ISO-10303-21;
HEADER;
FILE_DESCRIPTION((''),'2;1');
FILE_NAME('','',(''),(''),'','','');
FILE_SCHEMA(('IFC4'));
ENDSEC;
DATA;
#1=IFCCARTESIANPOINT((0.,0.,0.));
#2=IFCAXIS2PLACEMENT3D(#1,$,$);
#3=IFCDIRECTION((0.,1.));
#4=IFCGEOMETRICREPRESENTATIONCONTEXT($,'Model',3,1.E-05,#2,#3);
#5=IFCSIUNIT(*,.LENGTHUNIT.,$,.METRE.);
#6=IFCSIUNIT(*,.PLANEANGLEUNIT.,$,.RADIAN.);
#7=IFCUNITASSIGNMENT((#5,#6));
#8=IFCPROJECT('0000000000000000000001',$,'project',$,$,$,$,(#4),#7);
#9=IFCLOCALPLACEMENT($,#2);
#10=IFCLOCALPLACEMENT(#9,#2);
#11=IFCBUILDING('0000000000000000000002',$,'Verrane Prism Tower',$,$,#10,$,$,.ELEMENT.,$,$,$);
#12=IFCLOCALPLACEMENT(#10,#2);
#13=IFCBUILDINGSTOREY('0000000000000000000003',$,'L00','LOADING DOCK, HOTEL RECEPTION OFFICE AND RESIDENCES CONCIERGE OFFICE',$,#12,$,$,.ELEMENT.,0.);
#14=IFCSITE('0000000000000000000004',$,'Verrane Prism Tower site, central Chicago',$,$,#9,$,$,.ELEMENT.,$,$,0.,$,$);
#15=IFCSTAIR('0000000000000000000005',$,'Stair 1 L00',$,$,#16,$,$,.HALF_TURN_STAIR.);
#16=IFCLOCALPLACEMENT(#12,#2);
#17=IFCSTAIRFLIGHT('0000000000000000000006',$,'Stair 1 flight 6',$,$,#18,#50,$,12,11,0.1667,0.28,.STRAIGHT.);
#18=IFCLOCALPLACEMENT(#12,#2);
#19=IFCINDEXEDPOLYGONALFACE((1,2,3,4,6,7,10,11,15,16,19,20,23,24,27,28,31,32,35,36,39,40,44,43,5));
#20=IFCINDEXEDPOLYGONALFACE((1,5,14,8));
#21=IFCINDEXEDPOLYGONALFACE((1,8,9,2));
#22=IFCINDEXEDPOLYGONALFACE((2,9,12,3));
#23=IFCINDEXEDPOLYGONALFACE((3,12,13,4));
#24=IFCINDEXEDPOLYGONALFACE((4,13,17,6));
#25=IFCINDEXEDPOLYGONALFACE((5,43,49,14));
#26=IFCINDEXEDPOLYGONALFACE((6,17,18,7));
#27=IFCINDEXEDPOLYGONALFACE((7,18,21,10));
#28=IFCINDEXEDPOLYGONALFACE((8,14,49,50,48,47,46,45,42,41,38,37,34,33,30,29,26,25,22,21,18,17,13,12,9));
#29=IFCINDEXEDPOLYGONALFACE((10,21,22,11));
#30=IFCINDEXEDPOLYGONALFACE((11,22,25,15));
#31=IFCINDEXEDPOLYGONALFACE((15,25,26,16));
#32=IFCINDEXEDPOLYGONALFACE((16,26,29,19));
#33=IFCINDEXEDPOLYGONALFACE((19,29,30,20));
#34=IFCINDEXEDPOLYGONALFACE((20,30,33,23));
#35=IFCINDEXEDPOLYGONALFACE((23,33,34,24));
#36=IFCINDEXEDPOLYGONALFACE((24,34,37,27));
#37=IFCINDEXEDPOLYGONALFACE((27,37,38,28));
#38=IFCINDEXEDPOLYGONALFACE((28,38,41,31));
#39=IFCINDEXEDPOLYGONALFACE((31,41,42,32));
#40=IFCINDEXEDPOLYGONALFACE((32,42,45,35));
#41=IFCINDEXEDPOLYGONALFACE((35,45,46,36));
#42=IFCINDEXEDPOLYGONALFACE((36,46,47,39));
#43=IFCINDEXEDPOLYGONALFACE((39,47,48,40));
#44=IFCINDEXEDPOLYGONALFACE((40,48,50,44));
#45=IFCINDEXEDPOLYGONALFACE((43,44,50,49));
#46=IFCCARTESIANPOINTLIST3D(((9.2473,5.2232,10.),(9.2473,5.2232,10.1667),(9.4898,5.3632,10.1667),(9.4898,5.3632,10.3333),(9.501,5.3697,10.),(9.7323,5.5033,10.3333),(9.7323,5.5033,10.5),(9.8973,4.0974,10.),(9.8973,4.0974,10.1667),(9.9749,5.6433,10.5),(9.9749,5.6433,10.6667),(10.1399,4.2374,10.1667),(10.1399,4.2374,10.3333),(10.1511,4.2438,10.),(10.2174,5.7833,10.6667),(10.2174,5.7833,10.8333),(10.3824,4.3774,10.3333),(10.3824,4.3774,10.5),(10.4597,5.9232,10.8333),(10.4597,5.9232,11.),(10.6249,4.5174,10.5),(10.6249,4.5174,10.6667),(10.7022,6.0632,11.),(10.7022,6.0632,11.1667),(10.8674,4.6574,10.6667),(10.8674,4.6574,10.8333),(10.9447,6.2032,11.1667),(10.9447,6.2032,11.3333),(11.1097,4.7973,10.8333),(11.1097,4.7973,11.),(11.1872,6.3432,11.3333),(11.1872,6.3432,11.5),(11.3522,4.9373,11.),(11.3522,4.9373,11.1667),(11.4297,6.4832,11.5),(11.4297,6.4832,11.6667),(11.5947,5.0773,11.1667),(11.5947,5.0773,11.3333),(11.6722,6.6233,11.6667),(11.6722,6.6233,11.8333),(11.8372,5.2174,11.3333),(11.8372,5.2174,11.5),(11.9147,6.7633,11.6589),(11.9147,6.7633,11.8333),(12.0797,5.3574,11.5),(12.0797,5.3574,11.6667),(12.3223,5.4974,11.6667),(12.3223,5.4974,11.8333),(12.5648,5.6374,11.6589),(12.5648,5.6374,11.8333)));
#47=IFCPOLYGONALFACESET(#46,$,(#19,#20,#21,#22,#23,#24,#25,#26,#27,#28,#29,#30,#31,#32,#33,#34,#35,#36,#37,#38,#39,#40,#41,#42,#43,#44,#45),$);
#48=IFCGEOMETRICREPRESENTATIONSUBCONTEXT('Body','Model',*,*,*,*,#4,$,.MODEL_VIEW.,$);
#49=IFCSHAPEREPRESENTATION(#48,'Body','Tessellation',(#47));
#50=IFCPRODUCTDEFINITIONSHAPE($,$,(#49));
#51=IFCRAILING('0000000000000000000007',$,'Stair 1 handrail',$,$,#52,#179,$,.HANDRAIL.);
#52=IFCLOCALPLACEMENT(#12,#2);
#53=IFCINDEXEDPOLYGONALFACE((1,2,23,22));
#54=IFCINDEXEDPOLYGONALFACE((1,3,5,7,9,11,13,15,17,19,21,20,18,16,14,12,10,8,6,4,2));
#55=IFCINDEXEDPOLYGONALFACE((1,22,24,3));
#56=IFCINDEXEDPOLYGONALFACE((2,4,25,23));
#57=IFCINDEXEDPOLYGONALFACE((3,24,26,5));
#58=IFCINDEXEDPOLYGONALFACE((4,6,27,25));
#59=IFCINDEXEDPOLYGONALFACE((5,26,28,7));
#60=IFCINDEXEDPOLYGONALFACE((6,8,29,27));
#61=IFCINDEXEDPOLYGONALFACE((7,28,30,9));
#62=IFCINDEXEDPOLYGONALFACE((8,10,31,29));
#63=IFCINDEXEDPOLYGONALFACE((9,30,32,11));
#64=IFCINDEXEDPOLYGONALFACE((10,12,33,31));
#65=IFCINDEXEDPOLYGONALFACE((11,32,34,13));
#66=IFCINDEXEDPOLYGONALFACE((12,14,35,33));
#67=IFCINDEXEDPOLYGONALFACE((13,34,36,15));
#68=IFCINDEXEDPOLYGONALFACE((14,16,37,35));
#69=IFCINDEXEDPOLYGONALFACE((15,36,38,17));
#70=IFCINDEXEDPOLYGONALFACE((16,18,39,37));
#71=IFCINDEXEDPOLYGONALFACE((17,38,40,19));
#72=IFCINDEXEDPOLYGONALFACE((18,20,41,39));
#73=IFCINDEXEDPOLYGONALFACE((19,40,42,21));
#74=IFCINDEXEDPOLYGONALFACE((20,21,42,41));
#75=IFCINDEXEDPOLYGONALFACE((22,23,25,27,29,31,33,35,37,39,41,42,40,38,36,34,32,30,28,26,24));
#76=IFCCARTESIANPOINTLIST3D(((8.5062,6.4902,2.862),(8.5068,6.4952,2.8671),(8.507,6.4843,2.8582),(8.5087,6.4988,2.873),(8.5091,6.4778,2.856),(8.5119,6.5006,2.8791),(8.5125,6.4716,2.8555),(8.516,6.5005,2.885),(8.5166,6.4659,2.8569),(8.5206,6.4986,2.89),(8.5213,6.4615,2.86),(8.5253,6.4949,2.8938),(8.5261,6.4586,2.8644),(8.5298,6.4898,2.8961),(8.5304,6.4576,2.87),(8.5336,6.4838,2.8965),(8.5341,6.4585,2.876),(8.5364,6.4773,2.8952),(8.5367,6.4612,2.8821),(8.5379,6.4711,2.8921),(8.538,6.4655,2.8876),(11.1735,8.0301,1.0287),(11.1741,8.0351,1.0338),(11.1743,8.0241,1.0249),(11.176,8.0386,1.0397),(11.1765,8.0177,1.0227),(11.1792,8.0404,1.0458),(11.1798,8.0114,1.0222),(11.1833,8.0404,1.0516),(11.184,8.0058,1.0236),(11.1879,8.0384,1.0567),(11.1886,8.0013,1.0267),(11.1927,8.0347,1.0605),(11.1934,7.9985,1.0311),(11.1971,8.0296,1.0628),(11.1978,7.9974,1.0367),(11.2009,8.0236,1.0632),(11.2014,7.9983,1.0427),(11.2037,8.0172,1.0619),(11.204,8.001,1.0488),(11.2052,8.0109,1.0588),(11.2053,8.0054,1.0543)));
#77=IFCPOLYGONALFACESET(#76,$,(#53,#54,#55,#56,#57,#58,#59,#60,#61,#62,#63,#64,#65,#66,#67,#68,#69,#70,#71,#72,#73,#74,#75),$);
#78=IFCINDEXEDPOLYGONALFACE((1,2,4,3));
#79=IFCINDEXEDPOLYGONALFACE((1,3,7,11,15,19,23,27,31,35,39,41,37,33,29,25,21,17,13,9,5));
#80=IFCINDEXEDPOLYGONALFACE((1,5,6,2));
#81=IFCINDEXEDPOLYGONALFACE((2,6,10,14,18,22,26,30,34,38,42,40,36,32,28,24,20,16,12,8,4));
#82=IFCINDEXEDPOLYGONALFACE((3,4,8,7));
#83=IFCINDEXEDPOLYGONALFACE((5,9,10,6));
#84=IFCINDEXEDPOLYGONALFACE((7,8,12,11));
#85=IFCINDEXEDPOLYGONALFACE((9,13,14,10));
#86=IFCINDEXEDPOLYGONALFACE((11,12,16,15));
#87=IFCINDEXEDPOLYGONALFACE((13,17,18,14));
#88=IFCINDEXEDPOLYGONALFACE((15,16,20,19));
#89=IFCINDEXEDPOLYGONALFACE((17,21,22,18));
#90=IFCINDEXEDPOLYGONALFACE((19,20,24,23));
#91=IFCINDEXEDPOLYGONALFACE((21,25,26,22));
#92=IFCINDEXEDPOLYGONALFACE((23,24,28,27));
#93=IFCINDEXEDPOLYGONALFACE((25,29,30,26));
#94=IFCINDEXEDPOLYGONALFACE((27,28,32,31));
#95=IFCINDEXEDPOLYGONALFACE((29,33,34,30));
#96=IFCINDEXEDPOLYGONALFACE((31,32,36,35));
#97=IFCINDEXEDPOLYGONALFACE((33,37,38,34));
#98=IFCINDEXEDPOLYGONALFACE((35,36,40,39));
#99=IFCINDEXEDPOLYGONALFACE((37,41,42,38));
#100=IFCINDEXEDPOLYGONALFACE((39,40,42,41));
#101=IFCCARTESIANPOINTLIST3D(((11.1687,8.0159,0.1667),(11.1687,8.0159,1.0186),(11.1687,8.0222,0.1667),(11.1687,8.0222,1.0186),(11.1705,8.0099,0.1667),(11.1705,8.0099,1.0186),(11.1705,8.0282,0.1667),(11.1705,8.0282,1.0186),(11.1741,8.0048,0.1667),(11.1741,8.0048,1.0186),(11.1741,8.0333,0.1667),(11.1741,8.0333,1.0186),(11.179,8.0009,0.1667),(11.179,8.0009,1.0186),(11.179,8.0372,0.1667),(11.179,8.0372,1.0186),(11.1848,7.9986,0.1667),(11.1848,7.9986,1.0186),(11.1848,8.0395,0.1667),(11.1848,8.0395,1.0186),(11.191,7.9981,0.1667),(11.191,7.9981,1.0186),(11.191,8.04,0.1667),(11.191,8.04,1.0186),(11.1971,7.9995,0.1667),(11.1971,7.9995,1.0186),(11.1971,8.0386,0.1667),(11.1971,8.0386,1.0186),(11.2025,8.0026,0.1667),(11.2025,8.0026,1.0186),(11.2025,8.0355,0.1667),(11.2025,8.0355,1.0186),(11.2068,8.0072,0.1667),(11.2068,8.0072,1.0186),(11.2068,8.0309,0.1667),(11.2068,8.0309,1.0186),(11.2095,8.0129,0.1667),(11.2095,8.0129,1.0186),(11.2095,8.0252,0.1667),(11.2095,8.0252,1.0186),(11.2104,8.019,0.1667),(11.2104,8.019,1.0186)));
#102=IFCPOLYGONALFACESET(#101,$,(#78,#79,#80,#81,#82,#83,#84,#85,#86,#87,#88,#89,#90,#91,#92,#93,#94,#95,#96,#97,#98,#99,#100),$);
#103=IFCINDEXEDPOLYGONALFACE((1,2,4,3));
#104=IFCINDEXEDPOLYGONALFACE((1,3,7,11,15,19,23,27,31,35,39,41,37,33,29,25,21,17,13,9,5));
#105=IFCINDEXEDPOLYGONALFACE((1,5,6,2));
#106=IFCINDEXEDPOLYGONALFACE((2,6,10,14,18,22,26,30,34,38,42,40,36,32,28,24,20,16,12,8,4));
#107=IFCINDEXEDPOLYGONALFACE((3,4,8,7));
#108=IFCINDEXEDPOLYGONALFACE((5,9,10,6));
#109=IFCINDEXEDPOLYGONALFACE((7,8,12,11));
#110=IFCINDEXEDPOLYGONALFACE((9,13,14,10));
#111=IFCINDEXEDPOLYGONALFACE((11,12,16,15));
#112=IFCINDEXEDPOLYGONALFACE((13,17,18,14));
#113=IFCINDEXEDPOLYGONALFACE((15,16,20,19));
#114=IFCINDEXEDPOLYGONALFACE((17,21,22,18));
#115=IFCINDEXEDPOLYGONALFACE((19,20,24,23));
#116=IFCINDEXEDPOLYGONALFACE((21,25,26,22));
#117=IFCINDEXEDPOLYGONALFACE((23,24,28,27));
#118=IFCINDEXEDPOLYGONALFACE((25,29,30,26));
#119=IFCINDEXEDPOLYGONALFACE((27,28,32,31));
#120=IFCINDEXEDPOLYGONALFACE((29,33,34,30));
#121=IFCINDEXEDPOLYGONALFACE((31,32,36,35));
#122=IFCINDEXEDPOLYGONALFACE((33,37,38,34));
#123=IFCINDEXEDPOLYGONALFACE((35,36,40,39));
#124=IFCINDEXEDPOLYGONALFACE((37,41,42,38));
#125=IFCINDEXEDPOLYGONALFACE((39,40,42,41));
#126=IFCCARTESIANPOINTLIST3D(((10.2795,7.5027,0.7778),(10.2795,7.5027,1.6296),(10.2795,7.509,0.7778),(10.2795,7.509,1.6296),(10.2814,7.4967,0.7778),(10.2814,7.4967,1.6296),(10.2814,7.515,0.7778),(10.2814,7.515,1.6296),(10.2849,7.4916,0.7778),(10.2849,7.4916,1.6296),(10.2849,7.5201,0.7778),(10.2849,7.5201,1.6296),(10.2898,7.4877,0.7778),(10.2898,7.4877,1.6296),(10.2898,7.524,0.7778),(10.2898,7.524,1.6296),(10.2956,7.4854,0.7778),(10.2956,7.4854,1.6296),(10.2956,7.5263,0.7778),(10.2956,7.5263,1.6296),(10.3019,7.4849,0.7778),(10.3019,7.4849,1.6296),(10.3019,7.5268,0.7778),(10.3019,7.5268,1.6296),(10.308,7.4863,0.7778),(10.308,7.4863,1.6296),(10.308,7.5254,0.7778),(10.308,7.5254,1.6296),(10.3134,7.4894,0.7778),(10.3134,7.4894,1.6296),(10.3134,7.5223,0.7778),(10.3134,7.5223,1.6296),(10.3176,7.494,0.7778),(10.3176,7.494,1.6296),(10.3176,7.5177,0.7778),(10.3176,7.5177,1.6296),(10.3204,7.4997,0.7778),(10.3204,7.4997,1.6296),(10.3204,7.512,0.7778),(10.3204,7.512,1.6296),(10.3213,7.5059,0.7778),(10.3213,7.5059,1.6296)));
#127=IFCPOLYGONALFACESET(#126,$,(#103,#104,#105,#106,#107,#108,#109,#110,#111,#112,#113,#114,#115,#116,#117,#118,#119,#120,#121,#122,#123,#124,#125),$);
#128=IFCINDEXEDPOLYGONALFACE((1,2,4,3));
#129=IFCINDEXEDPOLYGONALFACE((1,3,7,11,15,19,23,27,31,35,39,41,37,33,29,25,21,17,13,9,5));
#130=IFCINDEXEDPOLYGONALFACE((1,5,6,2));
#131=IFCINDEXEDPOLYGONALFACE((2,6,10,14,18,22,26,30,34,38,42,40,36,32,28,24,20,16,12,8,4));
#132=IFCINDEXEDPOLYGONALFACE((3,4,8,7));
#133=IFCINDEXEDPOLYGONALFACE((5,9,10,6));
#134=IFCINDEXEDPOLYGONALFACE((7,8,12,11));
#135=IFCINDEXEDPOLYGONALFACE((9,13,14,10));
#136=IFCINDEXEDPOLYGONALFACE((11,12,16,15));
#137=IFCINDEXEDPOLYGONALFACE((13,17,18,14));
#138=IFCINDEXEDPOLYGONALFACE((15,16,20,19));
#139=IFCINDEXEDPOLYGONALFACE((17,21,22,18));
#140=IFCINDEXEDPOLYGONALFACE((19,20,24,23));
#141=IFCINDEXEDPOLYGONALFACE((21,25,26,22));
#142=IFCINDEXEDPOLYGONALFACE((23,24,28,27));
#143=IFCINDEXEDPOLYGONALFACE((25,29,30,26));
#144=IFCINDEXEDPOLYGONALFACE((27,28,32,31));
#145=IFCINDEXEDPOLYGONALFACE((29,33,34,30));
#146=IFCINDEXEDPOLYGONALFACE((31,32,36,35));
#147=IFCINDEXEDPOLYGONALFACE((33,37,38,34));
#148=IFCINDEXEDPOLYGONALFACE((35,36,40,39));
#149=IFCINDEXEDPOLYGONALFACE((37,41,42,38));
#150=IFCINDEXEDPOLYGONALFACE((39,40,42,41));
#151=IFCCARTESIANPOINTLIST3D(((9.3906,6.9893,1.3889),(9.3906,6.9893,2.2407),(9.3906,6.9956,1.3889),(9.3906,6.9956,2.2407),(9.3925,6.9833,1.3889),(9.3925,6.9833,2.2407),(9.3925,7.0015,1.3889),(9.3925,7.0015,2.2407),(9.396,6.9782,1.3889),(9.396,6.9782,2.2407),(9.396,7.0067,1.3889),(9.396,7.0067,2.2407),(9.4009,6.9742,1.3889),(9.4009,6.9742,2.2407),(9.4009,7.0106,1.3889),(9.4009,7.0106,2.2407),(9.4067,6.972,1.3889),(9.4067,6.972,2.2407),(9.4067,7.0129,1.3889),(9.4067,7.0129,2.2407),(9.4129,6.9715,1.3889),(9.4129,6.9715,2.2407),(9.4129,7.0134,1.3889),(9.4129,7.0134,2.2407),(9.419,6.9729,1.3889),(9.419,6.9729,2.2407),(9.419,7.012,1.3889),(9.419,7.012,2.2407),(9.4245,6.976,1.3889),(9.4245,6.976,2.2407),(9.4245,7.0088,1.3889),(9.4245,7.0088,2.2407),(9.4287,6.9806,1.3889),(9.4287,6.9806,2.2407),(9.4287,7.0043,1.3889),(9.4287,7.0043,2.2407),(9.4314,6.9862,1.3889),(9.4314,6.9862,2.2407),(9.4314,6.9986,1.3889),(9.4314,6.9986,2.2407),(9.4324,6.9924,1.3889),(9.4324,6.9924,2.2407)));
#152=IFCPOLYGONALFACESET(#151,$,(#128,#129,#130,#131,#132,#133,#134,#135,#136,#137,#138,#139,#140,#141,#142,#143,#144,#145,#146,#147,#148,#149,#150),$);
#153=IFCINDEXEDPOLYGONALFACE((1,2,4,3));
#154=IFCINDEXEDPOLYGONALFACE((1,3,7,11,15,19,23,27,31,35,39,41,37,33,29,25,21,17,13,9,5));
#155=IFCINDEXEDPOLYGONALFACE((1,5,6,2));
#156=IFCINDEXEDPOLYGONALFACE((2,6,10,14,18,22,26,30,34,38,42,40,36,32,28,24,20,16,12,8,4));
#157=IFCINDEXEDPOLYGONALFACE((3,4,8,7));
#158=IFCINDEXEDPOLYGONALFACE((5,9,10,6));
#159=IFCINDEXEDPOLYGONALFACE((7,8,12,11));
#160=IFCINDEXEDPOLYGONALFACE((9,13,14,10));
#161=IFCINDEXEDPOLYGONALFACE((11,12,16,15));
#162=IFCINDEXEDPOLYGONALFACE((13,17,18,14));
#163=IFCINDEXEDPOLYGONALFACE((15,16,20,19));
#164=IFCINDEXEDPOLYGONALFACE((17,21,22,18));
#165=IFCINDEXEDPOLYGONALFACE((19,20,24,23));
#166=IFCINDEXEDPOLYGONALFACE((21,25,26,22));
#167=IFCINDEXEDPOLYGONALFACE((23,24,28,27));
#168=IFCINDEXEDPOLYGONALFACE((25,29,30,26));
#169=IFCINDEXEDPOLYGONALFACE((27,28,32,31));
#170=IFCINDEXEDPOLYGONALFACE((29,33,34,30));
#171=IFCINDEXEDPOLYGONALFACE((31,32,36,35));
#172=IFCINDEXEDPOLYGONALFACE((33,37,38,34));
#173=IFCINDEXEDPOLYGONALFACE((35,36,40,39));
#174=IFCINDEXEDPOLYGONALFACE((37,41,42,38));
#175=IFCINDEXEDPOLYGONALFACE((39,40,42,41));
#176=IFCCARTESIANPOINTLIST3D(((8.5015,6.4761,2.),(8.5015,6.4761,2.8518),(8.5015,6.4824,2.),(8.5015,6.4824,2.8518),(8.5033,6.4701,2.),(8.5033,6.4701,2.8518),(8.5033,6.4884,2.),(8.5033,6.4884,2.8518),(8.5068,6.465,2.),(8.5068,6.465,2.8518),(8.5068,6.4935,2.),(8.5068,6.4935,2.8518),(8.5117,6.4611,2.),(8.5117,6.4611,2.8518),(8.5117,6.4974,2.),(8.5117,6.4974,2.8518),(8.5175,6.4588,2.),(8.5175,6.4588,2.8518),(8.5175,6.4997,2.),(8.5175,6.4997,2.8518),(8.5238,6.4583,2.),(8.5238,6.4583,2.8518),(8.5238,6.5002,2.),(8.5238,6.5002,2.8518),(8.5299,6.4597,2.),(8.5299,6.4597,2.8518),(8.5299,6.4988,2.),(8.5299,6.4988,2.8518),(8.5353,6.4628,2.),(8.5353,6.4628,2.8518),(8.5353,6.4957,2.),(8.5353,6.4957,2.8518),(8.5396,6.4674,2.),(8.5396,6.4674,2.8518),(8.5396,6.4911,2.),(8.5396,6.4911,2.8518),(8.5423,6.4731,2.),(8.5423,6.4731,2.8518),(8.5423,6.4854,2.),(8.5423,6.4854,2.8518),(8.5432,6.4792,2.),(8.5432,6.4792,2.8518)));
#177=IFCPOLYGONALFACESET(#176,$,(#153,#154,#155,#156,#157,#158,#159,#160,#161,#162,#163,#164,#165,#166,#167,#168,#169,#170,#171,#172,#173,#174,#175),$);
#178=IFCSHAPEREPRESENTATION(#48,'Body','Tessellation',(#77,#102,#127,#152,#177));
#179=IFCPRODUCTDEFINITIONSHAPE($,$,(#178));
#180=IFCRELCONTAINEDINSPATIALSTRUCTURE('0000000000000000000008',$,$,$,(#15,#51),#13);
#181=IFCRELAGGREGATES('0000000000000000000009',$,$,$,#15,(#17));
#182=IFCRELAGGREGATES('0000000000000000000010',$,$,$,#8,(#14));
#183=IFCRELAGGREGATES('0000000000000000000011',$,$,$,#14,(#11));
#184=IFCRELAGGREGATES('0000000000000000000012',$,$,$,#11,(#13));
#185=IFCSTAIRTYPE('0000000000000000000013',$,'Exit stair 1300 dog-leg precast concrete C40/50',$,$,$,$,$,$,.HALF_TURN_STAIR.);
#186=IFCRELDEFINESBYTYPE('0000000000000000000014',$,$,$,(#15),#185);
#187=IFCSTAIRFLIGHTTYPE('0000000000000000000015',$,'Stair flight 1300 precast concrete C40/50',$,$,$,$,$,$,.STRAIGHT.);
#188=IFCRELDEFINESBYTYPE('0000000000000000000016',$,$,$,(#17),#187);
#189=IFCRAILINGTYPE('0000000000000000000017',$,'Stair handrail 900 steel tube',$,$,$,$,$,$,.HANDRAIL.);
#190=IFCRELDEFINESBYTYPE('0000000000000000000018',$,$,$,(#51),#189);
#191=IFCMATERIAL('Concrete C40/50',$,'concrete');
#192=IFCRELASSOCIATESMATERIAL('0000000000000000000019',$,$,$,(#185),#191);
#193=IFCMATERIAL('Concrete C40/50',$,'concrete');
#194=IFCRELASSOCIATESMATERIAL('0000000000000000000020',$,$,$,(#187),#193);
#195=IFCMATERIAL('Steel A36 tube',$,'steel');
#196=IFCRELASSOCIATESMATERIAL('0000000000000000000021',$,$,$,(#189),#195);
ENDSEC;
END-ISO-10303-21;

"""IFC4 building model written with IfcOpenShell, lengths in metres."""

from ifc_helpers import new_model, si_unit, direction, frame, origin, origin_2d, place, context, subcontext, project, spatial, polyline, circle, outline, extrude, material, type_object, element, aggregate, save


model = new_model("IFC4")

# Units and contexts
model_context = context("Model", 3, precision=1e-05, world=origin(), true_north=direction((0.0, 1.0)))
body_context = subcontext(model_context, "Body", "Model", "MODEL_VIEW")
ifc_project = project(units=[si_unit("LENGTHUNIT", "METRE"), si_unit("PLANEANGLEUNIT", "RADIAN")], contexts=[model_context])

# Site, building, storey
site_placement = place(None, origin())
site = spatial("IfcSite", under=ifc_project, at=site_placement, Name="Verrane Prism Tower site, central Chicago", CompositionType="ELEMENT", RefElevation=0.0)
building_placement = place(site_placement, origin())
building = spatial("IfcBuilding", under=site, at=building_placement, Name="Verrane Prism Tower", CompositionType="ELEMENT")
storey_placement = place(building_placement, origin())
storey = spatial("IfcBuildingStorey", under=building, at=storey_placement, Name="L00", Description="LOADING DOCK, HOTEL RECEPTION OFFICE AND RESIDENCES CONCIERGE OFFICE", CompositionType="ELEMENT", Elevation=0.0)

# Stair, stair flight
ifc_material_1 = material(Name="Concrete C40/50", Category="concrete")
stair_type = type_object("IfcStairType", Name="Exit stair 1300 dog-leg precast concrete C40/50", PredefinedType="HALF_TURN_STAIR", material=ifc_material_1)
stair_placement = place(storey_placement, origin())
stair = element("IfcStair", 1, at=stair_placement, inside=storey, type_object=stair_type, Name="Stair 1 L00", PredefinedType="HALF_TURN_STAIR")
ifc_material_2 = material(Name="Concrete C40/50", Category="concrete")
stair_flight_type = type_object("IfcStairFlightType", Name="Stair flight 1300 precast concrete C40/50", PredefinedType="STRAIGHT", material=ifc_material_2)
stair_flight_1_placement = place(storey_placement, frame((9.5723, 4.6604, 10.0), z_axis=(0.0, 0.0, 1.0), x_axis=(0.866025, 0.5, 0.0)))
stair_flight_1 = element("IfcStairFlight", 2, at=stair_flight_1_placement, type_object=stair_flight_type, Name="Stair 1 flight 6", NumberOfRisers=12, NumberOfTreads=11, PredefinedType="STRAIGHT", RiserHeight=0.1667, TreadLength=0.28, context=body_context, shape_type="SweptSolid", body=[
    extrude(outline(polyline([(0.0, 0.0), (0.0, 0.1667), (0.28, 0.1667), (0.28, 0.3333), (0.5601, 0.3333), (0.5601, 0.5), (0.8401, 0.5), (0.8401, 0.6667), (1.1201, 0.6667), (1.1201, 0.8333), (1.3999, 0.8333), (1.3999, 1.0), (1.6799, 1.0), (1.6799, 1.1667), (1.96, 1.1667), (1.96, 1.3333), (2.24, 1.3333), (2.24, 1.5), (2.52, 1.5), (2.52, 1.6667), (2.8, 1.6667), (2.8, 1.8333), (3.0801, 1.8333), (3.0801, 2.0), (3.0801, 1.6589), (0.293, 0.0), (0.0, 0.0)])), frame((0.0, 0.6499, 0.0), z_axis=(0.0, -1.0, 0.0), x_axis=(1.0, 0.0, 0.0)), (0.0, 0.0, 1.0), 1.3),
])
aggregate(stair, [stair_flight_1])

# Railing
ifc_material_3 = material(Name="Steel A36 tube", Category="steel")
railing_type = type_object("IfcRailingType", Name="Stair handrail 900 steel tube", PredefinedType="HANDRAIL", material=ifc_material_3)
railing_1_placement = place(storey_placement, frame((11.1895, 8.019, 0.1667)))
element("IfcRailing", 3, at=railing_1_placement, inside=storey, type_object=railing_type, Name="Stair 1 handrail", PredefinedType="HANDRAIL", context=body_context, shape_type="SweptSolid", body=[
    extrude(circle(Radius=0.0239, at=origin_2d()), frame((0.0, 0.0, 0.876), z_axis=(-0.744181, -0.429616, 0.511493), x_axis=(0.499967, -0.866044, 0.0)), (0.0, 0.0, 1.0), 3.5842),
    extrude(circle(Radius=0.021, at=origin_2d()), origin(), (0.0, 0.0, 1.0), 0.8518),
    extrude(circle(Radius=0.021, at=origin_2d()), frame((-0.8892, -0.5132, 0.6111)), (0.0, 0.0, 1.0), 0.8518),
    extrude(circle(Radius=0.021, at=origin_2d()), frame((-1.7781, -1.0266, 1.2222)), (0.0, 0.0, 1.0), 0.8518),
    extrude(circle(Radius=0.021, at=origin_2d()), frame((-2.6672, -1.5398, 1.8333)), (0.0, 0.0, 1.0), 0.8518),
])

save(model, "model.ifc")
